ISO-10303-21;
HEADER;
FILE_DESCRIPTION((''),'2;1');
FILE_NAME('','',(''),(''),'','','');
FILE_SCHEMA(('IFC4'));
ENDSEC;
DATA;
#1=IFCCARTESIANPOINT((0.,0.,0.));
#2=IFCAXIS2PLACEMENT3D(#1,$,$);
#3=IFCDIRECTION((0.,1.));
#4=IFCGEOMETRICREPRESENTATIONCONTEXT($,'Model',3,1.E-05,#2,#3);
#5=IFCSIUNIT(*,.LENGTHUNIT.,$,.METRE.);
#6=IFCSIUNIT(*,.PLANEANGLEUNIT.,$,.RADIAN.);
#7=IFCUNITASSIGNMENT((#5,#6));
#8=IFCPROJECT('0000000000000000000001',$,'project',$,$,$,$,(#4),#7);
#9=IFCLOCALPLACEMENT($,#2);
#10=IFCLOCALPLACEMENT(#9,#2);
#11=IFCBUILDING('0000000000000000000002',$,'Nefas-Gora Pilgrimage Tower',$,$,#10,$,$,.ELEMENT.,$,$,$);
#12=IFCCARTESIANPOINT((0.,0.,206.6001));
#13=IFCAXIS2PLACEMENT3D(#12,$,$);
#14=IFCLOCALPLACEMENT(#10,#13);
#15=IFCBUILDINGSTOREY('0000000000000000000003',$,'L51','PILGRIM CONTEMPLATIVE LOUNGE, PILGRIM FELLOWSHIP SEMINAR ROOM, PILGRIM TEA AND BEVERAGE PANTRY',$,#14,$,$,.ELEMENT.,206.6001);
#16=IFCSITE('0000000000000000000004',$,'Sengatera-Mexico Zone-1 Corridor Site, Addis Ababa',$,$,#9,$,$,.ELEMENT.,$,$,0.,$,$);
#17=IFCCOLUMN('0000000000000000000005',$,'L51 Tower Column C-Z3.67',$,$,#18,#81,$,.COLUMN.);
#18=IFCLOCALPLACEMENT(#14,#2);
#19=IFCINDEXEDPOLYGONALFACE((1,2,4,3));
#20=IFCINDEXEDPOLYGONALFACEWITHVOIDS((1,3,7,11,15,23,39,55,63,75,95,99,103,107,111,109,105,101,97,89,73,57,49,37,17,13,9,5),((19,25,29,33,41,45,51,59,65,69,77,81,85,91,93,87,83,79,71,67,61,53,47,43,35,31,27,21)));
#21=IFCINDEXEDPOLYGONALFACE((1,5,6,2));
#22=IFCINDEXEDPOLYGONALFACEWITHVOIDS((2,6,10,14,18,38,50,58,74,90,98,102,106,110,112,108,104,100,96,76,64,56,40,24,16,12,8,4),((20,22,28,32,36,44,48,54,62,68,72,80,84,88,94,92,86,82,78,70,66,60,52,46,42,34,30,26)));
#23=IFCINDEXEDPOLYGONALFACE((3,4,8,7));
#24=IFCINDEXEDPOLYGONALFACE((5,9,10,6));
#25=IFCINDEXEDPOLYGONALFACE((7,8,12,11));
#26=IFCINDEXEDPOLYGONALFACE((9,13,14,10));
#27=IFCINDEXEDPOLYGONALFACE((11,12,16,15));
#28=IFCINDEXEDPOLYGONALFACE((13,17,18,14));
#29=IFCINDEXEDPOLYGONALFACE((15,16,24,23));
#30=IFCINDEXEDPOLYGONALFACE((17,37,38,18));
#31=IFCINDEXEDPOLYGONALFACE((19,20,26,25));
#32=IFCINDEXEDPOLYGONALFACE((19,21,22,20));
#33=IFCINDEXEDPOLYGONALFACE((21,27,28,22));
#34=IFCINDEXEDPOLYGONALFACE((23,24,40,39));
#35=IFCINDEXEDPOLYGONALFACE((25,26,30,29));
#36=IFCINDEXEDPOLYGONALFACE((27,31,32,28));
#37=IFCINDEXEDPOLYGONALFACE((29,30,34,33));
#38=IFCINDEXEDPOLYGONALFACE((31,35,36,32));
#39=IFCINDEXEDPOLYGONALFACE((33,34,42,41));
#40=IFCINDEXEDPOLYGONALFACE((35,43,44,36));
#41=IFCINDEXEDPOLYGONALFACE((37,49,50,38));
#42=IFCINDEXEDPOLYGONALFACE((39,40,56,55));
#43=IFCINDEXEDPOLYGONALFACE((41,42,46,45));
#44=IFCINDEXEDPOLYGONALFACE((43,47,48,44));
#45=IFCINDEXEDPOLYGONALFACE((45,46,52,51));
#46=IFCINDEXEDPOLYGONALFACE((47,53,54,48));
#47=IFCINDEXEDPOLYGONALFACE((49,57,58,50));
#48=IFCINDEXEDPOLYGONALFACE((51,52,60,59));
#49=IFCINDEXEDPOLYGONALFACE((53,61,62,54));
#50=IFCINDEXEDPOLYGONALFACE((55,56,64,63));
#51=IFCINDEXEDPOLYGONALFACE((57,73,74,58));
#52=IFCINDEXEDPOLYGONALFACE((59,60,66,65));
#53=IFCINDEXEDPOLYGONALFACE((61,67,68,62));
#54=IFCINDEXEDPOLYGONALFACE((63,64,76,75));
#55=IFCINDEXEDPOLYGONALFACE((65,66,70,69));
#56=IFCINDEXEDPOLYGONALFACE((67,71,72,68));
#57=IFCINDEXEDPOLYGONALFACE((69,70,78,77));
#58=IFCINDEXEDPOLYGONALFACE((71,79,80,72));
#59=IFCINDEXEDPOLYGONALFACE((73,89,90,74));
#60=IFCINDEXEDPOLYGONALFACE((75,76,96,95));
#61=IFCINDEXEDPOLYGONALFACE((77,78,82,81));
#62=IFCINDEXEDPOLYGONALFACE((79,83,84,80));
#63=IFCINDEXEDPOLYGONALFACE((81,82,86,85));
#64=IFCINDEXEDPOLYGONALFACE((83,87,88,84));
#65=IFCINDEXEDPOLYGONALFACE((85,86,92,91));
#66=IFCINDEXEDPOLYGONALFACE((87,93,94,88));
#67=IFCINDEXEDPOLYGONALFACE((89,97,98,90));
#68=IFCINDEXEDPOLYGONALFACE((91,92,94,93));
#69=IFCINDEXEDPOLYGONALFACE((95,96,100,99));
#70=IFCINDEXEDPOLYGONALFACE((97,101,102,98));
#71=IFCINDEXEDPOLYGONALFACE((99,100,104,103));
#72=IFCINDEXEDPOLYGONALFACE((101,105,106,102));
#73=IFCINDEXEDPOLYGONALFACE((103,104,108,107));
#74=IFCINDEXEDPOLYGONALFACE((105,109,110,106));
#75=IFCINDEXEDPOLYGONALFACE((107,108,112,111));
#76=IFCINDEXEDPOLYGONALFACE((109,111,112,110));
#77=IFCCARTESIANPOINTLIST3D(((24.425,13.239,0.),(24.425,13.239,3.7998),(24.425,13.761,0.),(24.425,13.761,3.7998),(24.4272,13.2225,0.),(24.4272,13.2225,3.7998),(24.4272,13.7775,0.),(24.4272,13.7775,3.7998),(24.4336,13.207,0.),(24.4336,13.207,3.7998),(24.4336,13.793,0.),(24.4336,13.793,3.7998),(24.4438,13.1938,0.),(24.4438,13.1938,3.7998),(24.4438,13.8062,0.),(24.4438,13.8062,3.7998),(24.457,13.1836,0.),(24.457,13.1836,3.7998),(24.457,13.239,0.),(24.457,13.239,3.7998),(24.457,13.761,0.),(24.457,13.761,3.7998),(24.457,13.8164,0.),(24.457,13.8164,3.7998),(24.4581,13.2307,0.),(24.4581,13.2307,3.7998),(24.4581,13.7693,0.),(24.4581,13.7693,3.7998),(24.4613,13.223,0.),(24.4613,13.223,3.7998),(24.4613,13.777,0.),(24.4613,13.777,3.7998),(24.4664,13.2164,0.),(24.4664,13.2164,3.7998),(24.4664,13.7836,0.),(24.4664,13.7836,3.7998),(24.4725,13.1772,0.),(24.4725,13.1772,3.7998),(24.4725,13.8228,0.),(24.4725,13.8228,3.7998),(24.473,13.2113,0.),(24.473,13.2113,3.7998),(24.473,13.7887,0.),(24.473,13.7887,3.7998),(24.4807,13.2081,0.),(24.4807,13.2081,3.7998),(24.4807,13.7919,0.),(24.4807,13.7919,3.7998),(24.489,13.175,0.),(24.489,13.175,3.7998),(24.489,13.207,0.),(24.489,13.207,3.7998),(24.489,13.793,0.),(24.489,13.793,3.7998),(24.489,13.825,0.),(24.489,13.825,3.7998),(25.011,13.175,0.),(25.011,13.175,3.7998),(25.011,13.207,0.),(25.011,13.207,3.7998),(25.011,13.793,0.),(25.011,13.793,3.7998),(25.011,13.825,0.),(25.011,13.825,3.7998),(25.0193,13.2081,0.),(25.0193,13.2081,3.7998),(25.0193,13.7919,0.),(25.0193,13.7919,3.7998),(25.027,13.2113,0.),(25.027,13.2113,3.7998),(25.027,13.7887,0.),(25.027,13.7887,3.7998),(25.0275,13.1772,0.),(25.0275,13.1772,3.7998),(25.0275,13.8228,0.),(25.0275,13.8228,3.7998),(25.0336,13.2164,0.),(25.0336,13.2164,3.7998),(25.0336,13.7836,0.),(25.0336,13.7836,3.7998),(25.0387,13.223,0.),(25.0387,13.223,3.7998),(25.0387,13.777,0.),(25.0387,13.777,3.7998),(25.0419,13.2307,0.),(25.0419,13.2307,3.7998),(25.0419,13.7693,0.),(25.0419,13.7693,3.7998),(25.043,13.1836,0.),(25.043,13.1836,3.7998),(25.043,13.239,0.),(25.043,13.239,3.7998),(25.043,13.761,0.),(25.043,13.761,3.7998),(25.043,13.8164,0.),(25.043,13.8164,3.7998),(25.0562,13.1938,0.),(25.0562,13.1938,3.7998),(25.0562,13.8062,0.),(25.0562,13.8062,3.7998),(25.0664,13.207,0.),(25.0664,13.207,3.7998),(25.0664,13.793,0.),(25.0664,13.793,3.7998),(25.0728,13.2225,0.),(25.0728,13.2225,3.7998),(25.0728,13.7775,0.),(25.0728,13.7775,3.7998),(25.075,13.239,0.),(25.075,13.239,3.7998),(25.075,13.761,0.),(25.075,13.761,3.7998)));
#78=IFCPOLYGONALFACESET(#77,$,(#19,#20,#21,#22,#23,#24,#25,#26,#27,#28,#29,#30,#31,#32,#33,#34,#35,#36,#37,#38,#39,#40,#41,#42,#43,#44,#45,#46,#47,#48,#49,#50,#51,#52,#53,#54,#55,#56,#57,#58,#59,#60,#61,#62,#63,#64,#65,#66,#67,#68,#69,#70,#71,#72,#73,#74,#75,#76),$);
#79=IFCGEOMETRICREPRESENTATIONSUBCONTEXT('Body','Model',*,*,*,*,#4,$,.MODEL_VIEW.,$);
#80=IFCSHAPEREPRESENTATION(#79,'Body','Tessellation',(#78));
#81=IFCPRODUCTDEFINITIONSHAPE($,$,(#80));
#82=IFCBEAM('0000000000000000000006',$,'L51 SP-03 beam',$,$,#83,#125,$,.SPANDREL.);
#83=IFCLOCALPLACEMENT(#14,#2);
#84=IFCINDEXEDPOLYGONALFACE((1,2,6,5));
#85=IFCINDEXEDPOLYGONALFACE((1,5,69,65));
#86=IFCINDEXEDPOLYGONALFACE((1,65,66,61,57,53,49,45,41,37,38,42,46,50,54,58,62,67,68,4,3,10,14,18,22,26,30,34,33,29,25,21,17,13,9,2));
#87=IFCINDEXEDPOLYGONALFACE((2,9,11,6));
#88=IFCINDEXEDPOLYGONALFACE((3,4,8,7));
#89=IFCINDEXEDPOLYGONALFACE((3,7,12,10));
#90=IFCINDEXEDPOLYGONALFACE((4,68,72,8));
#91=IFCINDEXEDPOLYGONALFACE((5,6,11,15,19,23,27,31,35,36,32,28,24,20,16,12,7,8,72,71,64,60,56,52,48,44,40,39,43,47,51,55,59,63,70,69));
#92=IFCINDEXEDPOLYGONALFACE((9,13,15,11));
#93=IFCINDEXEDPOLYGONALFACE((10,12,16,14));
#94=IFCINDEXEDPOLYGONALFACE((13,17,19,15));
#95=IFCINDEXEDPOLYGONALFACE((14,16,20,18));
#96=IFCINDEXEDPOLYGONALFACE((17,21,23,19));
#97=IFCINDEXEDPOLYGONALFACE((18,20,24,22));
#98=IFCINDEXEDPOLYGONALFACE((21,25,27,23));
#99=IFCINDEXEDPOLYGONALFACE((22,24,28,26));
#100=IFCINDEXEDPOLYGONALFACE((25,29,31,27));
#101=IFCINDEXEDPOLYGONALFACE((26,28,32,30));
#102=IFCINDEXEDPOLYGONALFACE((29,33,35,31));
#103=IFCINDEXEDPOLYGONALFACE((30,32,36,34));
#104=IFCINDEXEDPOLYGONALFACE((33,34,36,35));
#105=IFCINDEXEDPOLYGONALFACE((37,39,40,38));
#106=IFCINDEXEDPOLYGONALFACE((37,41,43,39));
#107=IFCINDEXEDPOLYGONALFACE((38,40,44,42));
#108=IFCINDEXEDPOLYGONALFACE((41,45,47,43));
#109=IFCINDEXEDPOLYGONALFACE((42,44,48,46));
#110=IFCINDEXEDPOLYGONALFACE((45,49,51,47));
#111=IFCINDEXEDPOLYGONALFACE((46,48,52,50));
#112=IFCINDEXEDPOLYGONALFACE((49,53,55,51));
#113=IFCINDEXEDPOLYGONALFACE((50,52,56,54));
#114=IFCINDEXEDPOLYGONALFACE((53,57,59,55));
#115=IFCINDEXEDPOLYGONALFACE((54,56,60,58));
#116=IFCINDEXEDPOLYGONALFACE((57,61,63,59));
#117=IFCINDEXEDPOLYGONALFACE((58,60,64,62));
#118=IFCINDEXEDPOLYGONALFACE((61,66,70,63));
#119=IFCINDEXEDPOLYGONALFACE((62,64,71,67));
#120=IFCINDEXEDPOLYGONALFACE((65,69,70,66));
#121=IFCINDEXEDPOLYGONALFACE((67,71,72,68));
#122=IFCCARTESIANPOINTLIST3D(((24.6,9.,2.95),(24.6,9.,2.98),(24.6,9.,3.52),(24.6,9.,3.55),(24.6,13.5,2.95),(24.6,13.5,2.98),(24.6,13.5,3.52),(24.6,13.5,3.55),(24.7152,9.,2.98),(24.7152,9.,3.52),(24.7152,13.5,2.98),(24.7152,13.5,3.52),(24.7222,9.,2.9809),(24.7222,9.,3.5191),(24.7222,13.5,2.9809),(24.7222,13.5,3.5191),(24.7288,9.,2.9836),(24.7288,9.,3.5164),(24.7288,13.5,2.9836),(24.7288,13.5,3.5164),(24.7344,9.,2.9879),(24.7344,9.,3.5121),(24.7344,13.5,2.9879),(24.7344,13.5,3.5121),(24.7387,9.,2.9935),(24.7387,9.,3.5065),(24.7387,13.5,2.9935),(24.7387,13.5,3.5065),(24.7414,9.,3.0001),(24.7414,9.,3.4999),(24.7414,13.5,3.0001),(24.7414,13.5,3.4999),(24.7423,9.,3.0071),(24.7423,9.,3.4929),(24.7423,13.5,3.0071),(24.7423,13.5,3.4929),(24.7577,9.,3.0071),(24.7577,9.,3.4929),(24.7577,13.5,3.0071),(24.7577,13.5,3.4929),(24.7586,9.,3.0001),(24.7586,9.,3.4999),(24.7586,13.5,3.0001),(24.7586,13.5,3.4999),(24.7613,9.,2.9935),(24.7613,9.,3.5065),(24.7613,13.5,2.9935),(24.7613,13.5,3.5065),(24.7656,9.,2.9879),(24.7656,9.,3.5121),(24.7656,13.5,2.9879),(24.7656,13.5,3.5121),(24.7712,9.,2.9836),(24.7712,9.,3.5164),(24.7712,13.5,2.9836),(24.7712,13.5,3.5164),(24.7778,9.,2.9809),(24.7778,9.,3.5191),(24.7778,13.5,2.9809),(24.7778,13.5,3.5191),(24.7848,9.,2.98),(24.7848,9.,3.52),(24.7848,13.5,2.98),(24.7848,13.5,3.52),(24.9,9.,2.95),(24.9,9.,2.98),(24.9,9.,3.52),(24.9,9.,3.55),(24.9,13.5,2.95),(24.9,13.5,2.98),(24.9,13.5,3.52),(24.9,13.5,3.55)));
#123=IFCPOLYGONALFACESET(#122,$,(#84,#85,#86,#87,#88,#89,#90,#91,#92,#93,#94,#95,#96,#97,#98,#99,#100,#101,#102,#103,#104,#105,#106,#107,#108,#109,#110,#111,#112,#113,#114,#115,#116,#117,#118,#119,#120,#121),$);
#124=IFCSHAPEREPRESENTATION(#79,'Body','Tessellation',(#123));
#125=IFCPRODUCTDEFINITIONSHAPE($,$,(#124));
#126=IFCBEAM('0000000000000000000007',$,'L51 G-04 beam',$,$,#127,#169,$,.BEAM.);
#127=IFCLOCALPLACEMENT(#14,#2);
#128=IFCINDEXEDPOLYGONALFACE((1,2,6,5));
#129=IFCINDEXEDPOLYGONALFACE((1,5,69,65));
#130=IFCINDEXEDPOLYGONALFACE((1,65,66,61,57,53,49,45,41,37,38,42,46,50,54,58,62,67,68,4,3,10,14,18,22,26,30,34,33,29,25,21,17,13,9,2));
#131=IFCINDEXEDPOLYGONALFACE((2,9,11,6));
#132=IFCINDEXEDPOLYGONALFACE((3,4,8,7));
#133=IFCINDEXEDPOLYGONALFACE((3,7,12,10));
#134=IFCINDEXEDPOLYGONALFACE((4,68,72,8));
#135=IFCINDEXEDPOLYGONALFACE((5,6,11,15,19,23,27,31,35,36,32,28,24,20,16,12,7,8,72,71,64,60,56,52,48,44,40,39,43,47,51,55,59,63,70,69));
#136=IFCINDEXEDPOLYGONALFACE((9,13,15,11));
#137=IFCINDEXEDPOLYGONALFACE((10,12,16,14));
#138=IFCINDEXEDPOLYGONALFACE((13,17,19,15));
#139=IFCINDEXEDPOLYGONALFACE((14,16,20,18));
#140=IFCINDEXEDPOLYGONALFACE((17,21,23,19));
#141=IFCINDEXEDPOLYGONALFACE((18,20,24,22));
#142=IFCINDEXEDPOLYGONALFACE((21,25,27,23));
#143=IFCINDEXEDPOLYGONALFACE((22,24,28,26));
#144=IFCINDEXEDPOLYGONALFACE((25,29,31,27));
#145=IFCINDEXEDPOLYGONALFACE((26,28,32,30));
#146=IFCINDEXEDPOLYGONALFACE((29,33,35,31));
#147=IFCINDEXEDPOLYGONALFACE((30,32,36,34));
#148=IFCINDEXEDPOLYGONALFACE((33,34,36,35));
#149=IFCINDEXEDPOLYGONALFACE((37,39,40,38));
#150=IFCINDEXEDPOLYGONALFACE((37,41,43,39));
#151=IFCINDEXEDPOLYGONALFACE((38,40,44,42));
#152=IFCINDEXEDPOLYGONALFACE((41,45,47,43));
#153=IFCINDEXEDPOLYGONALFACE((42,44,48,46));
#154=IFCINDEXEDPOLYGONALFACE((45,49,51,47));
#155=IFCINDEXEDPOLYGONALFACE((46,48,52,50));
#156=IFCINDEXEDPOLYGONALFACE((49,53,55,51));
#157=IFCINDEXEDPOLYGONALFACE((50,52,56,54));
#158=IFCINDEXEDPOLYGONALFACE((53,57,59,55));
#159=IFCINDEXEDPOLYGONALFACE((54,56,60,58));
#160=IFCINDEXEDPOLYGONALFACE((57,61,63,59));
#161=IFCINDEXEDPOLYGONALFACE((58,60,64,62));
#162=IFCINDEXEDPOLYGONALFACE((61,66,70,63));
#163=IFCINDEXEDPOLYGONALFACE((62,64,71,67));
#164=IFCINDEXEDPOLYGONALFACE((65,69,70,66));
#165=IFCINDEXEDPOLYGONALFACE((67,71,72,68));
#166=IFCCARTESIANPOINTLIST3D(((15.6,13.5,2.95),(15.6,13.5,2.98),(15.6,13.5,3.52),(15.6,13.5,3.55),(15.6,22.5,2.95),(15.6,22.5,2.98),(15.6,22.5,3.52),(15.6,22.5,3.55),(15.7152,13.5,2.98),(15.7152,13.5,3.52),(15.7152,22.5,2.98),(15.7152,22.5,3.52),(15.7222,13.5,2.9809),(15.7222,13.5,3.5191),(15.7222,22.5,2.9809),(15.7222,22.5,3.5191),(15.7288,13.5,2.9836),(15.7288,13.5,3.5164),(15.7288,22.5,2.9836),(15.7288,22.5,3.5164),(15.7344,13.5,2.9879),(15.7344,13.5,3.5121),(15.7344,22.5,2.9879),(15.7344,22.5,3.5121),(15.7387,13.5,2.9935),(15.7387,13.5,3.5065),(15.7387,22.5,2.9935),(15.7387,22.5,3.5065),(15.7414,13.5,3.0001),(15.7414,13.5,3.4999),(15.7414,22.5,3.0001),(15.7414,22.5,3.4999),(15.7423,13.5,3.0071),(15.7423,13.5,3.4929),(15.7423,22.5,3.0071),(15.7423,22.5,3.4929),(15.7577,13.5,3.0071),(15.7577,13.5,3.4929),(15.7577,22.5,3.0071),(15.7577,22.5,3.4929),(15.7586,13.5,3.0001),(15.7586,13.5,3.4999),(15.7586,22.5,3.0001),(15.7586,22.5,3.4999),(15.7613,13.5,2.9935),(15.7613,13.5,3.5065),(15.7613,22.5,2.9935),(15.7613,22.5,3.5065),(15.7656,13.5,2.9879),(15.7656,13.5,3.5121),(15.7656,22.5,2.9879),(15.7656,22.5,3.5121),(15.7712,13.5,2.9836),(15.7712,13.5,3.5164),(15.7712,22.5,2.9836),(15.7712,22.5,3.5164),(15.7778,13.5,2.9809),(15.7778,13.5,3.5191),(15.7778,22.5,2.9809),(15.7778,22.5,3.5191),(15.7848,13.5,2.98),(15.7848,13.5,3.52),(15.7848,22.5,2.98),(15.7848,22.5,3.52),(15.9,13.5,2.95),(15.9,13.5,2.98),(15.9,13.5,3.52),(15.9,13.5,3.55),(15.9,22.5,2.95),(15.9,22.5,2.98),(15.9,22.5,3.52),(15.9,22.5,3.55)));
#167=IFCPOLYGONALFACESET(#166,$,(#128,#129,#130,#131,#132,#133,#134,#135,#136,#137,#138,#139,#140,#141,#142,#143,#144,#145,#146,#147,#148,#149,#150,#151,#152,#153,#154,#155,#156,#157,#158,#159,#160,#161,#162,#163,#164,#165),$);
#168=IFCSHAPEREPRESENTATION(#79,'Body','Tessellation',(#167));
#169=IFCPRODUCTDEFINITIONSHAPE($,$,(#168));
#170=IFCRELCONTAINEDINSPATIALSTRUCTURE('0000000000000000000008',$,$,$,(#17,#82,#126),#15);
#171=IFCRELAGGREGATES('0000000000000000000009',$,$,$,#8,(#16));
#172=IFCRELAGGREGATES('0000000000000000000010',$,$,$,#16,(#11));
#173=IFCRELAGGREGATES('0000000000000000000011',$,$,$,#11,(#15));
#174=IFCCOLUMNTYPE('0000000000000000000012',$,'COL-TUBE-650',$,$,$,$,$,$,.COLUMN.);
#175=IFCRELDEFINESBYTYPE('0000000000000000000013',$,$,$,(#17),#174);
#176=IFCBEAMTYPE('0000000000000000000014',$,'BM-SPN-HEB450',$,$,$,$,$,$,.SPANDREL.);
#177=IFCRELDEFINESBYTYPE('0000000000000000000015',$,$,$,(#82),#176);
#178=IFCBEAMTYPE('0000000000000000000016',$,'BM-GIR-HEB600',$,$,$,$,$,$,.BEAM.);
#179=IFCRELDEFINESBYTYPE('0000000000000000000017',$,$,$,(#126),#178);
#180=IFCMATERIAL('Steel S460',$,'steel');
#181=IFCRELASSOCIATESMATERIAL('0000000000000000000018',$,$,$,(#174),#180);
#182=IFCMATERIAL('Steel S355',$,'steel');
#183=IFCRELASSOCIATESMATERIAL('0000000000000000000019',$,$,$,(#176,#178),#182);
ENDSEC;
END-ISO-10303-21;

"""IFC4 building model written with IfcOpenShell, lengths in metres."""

from ifc_helpers import new_model, si_unit, direction, frame, origin, origin_2d, place, context, subcontext, project, spatial, hollow_rectangle, i_section, extrude, source, transform, mapped, material, material_profile, profile_set, type_object, element, save


model = new_model("IFC4")

# Units and contexts
model_context = context("Model", 3, precision=1e-05, world=origin(), true_north=direction((0.0, 1.0)))
body_context = subcontext(model_context, "Body", "Model", "MODEL_VIEW")
ifc_project = project(units=[si_unit("LENGTHUNIT", "METRE"), si_unit("PLANEANGLEUNIT", "RADIAN")], contexts=[model_context])

# Site, building, storey
site_placement = place(None, origin())
site = spatial("IfcSite", under=ifc_project, at=site_placement, Name="Sengatera-Mexico Zone-1 Corridor Site, Addis Ababa", CompositionType="ELEMENT", RefElevation=0.0)
building_placement = place(site_placement, origin())
building = spatial("IfcBuilding", under=site, at=building_placement, Name="Nefas-Gora Pilgrimage Tower", CompositionType="ELEMENT")
storey_placement = place(building_placement, frame((0.0, 0.0, 206.6001)))
storey = spatial("IfcBuildingStorey", under=building, at=storey_placement, Name="L51", Description="PILGRIM CONTEMPLATIVE LOUNGE, PILGRIM FELLOWSHIP SEMINAR ROOM, PILGRIM TEA AND BEVERAGE PANTRY", CompositionType="ELEMENT", Elevation=206.6001)

# Column
ifc_material_1 = material(Name="Steel S460", Category="steel")
ifc_material_profile_1 = material_profile(ifc_material_1, hollow_rectangle(XDim=0.6499, YDim=0.6499, WallThickness=0.032, InnerFilletRadius=0.032, OuterFilletRadius=0.064, at=origin_2d()), Name="BOX 650x650x32")
ifc_profile_set_1 = profile_set([ifc_material_profile_1], Name="Steel S460")
column_type_1 = type_object("IfcColumnType", Name="COL-TUBE-650", PredefinedType="COLUMN", material=ifc_profile_set_1)
shared_shape_1 = source(origin(), body_context, "Body", "SweptSolid", [
    extrude(hollow_rectangle(XDim=0.6499, YDim=0.6499, WallThickness=0.032, InnerFilletRadius=0.032, OuterFilletRadius=0.064, at=origin_2d()), origin(), (0.0, 0.0, 1.0), 3.7998),
])
for number, where, z_axis, x_axis, name in (
    (1, (24.75, 13.5, 0.0), (0.0, 0.0, 1.0), (1.0, 0.0, 0.0), "L51 Tower Column C-Z3.67"),
):
    element("IfcColumn", number, at=place(storey_placement, frame(where, z_axis=z_axis, x_axis=x_axis)), inside=storey, type_object=column_type_1, Name=name, PredefinedType="COLUMN", context=body_context, shape_type="MappedRepresentation", body=[
        mapped(shared_shape_1, transform((0.0, 0.0, 0.0), x_axis=(1.0, 0.0, 0.0), y_axis=(0.0, 1.0, 0.0), z_axis=(0.0, 0.0, 1.0), scale=1.0)),
    ])

# Beams
ifc_material_2 = material(Name="Steel S355", Category="steel")
ifc_material_profile_2 = material_profile(ifc_material_2, i_section(OverallWidth=0.3, OverallDepth=0.6001, WebThickness=0.0154, FlangeThickness=0.03, FilletRadius=0.0271, at=origin_2d()), Name="HEB 600")
ifc_profile_set_2 = profile_set([ifc_material_profile_2], Name="Steel S355")
beam_type_1 = type_object("IfcBeamType", Name="BM-SPN-HEB450", PredefinedType="SPANDREL", material=ifc_profile_set_2)
shared_shape_2 = source(origin(), body_context, "Body", "SweptSolid", [
    extrude(i_section(OverallWidth=0.3, OverallDepth=0.6001, WebThickness=0.0154, FlangeThickness=0.03, FilletRadius=0.0271, at=origin_2d()), origin(), (0.0, 0.0, 1.0), 4.5),
])
beam_1_placement = place(storey_placement, frame((24.75, 9.0, 3.25), z_axis=(0.0, 1.0, 0.0), x_axis=(-1.0, 0.0, 0.0)))
element("IfcBeam", 2, at=beam_1_placement, inside=storey, type_object=beam_type_1, Name="L51 SP-03 beam", PredefinedType="SPANDREL", context=body_context, shape_type="MappedRepresentation", body=[
    mapped(shared_shape_2, transform((0.0, 0.0, 0.0), x_axis=(1.0, 0.0, 0.0), y_axis=(0.0, 1.0, 0.0), z_axis=(0.0, 0.0, 1.0), scale=1.0)),
])
ifc_material_profile_3 = material_profile(ifc_material_2, i_section(OverallWidth=0.3, OverallDepth=0.6001, WebThickness=0.0154, FlangeThickness=0.03, FilletRadius=0.0271, at=origin_2d()), Name="HEB 600")
ifc_profile_set_3 = profile_set([ifc_material_profile_3], Name="Steel S355")
beam_type_2 = type_object("IfcBeamType", Name="BM-GIR-HEB600", PredefinedType="BEAM", material=ifc_profile_set_3)
shared_shape_3 = source(origin(), body_context, "Body", "SweptSolid", [
    extrude(i_section(OverallWidth=0.3, OverallDepth=0.6001, WebThickness=0.0154, FlangeThickness=0.03, FilletRadius=0.0271, at=origin_2d()), origin(), (0.0, 0.0, 1.0), 9.0),
])
beam_2_placement = place(storey_placement, frame((15.75, 13.5, 3.25), z_axis=(0.0, 1.0, 0.0), x_axis=(-1.0, 0.0, 0.0)))
element("IfcBeam", 3, at=beam_2_placement, inside=storey, type_object=beam_type_2, Name="L51 G-04 beam", PredefinedType="BEAM", context=body_context, shape_type="MappedRepresentation", body=[
    mapped(shared_shape_3, transform((0.0, 0.0, 0.0), x_axis=(1.0, 0.0, 0.0), y_axis=(0.0, 1.0, 0.0), z_axis=(0.0, 0.0, 1.0), scale=1.0)),
])

save(model, "model.ifc")
